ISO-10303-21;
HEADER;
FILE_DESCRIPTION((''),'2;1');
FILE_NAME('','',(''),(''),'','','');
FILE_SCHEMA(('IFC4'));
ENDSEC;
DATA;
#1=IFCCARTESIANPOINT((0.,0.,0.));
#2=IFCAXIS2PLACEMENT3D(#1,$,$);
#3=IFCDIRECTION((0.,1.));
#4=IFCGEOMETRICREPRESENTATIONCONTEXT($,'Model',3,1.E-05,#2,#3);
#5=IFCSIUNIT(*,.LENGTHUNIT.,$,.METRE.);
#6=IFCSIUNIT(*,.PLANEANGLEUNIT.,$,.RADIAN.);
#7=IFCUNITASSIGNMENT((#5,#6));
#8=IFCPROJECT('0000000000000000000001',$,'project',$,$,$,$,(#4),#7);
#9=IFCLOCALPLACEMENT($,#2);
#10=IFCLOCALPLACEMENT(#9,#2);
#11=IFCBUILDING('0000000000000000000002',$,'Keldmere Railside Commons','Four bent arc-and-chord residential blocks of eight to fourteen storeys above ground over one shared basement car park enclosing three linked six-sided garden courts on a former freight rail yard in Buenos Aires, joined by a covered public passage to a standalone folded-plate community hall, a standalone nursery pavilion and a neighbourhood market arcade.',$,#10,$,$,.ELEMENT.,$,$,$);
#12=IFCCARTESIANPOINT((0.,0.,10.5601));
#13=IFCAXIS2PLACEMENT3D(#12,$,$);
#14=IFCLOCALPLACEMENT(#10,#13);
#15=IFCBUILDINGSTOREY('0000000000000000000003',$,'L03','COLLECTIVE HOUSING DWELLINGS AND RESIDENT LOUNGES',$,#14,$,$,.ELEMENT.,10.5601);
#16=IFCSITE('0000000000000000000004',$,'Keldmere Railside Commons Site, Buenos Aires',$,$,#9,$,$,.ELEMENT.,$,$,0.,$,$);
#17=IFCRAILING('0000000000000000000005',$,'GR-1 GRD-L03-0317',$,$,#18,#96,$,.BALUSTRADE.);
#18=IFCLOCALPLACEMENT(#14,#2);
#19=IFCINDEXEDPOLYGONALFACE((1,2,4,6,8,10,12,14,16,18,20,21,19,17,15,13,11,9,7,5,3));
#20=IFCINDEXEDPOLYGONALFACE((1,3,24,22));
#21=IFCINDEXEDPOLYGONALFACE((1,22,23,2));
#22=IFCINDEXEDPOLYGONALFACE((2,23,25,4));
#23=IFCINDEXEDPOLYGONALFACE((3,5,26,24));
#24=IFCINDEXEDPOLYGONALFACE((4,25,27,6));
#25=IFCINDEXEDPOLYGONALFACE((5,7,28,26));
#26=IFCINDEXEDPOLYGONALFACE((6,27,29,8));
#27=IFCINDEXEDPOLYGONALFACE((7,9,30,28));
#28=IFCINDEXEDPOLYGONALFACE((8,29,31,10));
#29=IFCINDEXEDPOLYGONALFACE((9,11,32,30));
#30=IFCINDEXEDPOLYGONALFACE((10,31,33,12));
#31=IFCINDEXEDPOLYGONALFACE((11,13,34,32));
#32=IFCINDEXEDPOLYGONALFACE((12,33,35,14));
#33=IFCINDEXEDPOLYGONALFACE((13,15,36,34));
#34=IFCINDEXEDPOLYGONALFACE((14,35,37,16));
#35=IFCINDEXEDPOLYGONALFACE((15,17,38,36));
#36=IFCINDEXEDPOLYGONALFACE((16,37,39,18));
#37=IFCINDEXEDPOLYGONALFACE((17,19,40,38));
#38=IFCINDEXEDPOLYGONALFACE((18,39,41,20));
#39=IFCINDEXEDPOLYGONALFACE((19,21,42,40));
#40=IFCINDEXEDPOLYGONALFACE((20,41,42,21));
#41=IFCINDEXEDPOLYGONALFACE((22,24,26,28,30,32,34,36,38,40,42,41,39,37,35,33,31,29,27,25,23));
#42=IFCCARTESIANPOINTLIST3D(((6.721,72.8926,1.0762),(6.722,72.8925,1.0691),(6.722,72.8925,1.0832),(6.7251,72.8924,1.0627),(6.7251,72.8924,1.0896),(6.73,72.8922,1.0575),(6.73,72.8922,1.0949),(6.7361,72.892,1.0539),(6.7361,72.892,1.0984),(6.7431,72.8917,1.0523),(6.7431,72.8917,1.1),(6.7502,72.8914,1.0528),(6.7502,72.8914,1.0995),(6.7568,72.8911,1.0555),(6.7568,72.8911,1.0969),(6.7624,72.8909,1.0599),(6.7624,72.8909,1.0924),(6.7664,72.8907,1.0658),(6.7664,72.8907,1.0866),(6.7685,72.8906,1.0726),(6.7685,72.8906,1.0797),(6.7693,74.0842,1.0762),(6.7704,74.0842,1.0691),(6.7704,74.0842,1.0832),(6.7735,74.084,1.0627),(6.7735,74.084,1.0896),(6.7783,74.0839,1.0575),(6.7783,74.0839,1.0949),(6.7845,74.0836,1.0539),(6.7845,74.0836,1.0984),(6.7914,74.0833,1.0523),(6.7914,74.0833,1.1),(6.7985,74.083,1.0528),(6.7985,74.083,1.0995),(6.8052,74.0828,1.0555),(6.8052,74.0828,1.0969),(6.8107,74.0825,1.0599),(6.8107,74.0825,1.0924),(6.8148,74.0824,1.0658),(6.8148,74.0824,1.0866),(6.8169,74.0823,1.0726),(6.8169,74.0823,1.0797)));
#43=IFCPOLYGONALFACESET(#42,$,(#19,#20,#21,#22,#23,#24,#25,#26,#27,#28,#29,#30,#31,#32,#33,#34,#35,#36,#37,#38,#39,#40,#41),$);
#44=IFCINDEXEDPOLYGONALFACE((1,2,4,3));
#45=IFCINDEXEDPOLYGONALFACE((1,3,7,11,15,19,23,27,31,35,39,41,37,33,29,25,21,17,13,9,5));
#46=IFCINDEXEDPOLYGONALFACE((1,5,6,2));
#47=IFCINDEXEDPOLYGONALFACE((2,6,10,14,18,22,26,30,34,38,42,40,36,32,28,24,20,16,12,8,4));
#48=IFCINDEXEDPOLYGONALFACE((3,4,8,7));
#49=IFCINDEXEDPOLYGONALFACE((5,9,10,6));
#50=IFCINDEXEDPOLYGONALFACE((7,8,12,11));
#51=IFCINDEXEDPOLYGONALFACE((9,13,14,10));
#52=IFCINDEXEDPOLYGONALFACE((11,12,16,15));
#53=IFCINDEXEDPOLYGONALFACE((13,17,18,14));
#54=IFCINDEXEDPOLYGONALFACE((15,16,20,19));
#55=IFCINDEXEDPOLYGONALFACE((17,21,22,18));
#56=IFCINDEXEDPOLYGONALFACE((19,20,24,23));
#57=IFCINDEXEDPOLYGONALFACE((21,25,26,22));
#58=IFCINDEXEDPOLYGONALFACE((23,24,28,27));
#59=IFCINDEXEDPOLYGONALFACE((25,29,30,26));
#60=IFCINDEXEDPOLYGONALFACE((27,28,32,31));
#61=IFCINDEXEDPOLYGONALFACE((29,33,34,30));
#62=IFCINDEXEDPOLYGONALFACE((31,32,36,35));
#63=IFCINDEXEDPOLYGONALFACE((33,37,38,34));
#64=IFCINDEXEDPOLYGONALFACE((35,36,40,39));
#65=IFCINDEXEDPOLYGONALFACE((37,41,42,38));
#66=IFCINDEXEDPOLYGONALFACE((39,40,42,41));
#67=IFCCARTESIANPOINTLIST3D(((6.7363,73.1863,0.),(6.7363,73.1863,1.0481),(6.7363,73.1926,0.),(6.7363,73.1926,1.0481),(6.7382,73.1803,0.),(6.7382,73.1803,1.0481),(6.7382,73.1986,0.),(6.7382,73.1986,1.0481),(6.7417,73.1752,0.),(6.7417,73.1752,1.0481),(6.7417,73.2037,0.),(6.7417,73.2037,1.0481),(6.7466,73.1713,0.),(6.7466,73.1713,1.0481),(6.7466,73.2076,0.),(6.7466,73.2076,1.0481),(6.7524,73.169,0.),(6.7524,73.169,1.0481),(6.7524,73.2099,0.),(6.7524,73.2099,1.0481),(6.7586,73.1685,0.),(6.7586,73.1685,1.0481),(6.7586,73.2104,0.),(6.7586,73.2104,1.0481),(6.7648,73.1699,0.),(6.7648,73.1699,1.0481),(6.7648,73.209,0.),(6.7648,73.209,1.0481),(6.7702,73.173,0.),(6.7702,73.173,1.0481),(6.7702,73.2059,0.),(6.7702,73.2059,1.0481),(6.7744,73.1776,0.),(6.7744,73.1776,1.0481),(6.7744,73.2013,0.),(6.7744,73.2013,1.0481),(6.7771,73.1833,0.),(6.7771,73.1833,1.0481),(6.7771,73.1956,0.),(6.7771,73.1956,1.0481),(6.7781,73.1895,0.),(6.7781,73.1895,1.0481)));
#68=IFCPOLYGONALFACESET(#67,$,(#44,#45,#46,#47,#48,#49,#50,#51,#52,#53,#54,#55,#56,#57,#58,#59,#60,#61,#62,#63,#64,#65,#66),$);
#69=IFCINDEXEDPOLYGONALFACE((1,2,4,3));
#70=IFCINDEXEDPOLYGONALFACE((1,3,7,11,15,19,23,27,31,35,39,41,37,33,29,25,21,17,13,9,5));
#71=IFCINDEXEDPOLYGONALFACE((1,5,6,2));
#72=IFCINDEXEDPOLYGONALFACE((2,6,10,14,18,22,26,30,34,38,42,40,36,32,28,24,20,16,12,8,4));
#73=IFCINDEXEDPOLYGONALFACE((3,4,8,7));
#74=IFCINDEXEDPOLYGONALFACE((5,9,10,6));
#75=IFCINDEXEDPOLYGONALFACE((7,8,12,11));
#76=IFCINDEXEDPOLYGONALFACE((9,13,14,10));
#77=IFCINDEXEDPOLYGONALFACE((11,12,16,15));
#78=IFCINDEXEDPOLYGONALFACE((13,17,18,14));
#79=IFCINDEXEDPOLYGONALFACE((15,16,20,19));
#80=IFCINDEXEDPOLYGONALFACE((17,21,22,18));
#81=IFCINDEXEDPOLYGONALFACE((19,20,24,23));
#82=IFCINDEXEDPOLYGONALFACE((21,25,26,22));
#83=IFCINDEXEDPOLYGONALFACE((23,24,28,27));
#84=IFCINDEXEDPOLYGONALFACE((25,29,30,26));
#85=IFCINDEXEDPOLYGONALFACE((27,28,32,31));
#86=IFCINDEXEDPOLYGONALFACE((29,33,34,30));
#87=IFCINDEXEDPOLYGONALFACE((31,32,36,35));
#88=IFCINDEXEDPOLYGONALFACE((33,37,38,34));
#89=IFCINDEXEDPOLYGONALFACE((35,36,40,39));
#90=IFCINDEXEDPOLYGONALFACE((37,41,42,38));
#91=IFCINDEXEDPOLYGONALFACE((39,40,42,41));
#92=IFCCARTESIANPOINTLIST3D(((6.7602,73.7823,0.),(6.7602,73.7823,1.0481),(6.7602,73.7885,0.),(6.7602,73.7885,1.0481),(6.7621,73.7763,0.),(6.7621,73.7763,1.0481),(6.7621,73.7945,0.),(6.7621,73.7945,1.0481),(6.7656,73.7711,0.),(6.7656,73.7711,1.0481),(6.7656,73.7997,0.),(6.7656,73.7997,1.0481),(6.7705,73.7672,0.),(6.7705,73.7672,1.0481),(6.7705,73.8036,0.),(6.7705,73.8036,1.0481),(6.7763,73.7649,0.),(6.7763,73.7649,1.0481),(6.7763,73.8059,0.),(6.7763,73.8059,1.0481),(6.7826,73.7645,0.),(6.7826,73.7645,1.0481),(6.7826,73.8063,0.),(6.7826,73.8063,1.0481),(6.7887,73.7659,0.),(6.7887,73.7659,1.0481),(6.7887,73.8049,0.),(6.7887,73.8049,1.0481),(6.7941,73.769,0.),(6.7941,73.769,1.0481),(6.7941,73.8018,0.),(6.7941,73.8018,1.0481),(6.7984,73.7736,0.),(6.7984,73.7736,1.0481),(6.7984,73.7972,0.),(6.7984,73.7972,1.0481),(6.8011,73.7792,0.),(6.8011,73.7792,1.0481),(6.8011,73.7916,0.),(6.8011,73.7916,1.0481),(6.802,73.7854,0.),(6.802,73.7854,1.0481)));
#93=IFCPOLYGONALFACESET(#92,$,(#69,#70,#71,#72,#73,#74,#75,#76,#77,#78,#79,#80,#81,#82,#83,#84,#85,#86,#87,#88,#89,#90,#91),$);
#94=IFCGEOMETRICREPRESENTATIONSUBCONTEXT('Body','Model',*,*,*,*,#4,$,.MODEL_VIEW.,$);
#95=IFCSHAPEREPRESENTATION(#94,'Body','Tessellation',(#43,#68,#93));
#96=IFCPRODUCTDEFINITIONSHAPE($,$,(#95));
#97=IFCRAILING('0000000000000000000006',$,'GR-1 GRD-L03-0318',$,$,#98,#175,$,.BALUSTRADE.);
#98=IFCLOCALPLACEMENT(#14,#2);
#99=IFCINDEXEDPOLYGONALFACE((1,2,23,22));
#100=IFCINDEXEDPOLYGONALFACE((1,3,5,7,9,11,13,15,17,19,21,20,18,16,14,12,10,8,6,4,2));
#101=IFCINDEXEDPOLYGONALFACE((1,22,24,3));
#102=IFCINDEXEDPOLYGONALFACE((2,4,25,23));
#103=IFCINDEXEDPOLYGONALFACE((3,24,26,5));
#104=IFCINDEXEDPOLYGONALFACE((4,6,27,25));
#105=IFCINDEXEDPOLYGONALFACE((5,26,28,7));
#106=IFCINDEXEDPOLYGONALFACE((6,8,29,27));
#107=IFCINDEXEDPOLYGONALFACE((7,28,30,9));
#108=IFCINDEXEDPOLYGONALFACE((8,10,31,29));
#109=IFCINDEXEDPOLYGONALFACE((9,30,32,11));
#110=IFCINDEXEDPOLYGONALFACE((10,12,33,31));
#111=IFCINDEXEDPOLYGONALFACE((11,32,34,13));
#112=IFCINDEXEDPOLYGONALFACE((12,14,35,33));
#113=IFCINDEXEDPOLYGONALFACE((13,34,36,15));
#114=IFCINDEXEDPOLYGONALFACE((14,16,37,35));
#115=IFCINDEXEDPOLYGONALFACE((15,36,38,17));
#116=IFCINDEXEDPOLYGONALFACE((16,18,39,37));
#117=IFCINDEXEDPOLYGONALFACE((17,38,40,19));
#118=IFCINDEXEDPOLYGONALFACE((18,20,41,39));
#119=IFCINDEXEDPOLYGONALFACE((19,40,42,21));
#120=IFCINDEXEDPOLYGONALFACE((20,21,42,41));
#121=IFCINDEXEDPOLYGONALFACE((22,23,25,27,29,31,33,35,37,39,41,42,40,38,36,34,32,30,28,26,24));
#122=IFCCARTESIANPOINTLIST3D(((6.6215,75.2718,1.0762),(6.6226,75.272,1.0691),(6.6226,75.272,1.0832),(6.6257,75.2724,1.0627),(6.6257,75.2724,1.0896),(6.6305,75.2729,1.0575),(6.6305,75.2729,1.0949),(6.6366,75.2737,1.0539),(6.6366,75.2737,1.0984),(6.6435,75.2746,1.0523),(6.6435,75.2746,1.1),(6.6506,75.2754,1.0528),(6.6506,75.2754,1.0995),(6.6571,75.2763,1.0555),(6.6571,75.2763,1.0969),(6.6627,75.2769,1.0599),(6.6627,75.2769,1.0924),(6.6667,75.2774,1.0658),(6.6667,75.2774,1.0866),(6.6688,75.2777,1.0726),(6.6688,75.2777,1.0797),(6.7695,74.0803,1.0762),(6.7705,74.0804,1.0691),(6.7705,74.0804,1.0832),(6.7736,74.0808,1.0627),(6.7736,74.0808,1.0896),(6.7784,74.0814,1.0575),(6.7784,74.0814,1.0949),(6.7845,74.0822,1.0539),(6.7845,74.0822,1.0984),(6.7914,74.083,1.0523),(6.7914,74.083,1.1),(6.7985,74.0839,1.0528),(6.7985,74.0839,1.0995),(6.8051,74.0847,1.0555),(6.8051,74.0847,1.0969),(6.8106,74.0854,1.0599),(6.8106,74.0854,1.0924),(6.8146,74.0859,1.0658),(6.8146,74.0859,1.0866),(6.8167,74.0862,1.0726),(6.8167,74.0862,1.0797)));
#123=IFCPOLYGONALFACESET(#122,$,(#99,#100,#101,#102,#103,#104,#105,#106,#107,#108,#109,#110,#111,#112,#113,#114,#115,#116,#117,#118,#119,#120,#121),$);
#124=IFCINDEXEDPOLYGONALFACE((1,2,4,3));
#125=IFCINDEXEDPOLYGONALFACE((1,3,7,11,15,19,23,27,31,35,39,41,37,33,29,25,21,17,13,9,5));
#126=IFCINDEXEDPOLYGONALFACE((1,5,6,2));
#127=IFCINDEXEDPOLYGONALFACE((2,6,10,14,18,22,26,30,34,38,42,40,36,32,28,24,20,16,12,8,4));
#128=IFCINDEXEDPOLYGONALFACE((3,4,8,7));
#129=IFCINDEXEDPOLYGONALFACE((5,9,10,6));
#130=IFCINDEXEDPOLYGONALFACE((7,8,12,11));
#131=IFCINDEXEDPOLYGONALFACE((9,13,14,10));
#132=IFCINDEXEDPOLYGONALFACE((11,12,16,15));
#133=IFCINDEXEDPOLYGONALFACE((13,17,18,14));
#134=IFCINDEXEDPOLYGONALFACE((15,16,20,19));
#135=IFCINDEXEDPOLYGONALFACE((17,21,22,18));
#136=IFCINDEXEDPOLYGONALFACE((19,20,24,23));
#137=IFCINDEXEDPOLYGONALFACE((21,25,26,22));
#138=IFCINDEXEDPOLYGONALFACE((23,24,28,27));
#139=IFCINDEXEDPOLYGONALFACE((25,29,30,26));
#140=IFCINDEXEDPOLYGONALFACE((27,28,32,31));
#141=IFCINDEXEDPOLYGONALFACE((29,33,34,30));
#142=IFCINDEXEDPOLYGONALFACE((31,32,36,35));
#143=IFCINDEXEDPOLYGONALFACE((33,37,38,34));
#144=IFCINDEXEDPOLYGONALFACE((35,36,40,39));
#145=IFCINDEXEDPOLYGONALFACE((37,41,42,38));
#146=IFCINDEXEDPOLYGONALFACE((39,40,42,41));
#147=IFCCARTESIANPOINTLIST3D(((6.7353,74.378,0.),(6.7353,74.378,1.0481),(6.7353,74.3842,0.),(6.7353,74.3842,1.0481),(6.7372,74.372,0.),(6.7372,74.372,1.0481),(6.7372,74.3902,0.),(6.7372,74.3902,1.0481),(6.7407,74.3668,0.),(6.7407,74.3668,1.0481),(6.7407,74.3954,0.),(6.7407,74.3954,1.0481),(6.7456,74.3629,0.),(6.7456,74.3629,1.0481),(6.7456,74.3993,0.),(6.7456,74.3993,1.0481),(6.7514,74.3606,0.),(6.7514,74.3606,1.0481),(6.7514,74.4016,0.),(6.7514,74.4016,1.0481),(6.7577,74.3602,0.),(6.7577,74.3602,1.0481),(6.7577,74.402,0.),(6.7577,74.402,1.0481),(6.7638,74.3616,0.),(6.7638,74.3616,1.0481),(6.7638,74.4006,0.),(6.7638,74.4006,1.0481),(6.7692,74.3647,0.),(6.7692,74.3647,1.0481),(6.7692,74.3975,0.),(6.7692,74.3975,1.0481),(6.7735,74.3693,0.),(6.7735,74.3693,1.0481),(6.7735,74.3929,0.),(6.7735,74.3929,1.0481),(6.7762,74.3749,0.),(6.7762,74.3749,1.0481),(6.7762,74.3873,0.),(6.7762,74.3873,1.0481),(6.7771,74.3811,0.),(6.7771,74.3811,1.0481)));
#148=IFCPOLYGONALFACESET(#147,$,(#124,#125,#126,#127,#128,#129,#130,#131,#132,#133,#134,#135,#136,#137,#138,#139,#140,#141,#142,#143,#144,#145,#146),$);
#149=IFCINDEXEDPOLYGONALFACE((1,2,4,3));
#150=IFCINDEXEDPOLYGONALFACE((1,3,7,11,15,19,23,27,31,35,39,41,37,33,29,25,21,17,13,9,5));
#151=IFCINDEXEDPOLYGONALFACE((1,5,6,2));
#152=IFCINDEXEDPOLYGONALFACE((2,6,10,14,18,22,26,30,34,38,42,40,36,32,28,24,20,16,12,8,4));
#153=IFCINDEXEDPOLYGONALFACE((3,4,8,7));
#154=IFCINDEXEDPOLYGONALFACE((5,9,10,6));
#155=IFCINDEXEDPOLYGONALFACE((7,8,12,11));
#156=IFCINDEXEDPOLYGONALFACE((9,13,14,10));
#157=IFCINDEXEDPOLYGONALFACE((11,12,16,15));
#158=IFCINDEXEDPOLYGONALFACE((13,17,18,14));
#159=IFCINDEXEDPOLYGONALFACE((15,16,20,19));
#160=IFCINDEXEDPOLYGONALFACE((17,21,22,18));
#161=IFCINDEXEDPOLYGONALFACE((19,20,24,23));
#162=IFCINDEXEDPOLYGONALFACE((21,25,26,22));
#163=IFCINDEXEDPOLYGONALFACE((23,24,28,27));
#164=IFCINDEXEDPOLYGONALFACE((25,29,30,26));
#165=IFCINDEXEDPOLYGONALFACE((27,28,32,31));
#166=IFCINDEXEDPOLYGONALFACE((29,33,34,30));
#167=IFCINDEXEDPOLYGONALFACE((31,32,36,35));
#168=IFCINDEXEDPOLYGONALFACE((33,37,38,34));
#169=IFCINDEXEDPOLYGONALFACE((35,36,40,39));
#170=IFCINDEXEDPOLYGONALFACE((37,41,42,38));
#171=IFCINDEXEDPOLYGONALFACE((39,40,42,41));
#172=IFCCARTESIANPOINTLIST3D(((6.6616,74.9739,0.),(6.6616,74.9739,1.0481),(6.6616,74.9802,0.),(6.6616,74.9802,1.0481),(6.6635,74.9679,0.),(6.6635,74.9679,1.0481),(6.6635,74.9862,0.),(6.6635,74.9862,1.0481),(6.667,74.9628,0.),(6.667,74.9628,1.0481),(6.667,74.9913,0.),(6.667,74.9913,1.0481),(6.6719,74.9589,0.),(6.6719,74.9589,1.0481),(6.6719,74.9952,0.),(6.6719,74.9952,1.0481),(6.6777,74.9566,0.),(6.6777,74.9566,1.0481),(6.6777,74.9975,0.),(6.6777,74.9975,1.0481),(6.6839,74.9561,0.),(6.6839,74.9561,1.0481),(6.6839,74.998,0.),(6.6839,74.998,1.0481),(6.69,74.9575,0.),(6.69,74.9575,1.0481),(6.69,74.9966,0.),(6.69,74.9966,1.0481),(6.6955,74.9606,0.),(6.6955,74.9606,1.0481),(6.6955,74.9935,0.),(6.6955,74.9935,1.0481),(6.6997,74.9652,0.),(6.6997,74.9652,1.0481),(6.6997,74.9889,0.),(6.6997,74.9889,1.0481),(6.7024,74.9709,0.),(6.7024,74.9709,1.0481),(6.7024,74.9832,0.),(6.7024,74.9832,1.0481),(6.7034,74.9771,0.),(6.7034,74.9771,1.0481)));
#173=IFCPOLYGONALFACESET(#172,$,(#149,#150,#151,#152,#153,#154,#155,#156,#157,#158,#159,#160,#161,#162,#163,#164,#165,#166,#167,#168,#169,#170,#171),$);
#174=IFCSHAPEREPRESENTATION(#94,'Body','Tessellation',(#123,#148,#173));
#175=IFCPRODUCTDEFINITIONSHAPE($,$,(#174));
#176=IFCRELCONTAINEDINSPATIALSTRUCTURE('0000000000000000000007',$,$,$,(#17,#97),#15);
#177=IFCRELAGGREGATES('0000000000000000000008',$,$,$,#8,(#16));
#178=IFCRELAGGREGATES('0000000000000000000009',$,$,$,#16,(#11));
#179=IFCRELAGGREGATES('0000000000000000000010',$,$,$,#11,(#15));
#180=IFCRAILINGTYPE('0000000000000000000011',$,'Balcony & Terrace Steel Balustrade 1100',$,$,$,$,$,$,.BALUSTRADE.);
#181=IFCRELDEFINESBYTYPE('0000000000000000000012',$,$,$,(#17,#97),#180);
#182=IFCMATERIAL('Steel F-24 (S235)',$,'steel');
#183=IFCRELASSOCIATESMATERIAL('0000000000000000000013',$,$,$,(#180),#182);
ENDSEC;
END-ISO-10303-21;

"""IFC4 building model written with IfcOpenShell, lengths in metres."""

from ifc_helpers import new_model, si_unit, direction, frame, origin, origin_2d, place, context, subcontext, project, spatial, circle, extrude, material, type_object, element, save


model = new_model("IFC4")

# Units and contexts
model_context = context("Model", 3, precision=1e-05, world=origin(), true_north=direction((0.0, 1.0)))
body_context = subcontext(model_context, "Body", "Model", "MODEL_VIEW")
ifc_project = project(units=[si_unit("LENGTHUNIT", "METRE"), si_unit("PLANEANGLEUNIT", "RADIAN")], contexts=[model_context])

# Site, building, storey
site_placement = place(None, origin())
site = spatial("IfcSite", under=ifc_project, at=site_placement, Name="Keldmere Railside Commons Site, Buenos Aires", CompositionType="ELEMENT", RefElevation=0.0)
building_placement = place(site_placement, origin())
building = spatial("IfcBuilding", under=site, at=building_placement, Name="Keldmere Railside Commons", Description="Four bent arc-and-chord residential blocks of eight to fourteen storeys above ground over one shared basement car park enclosing three linked six-sided garden courts on a former freight rail yard in Buenos Aires, joined by a covered public passage to a standalone folded-plate community hall, a standalone nursery pavilion and a neighbourhood market arcade.", CompositionType="ELEMENT")
storey_placement = place(building_placement, frame((0.0, 0.0, 10.5601)))
storey = spatial("IfcBuildingStorey", under=building, at=storey_placement, Name="L03", Description="COLLECTIVE HOUSING DWELLINGS AND RESIDENT LOUNGES", CompositionType="ELEMENT", Elevation=10.5601)

# Shared definitions
ifc_material_1 = material(Name="Steel F-24 (S235)", Category="steel")

# Railings
railing_type_1 = type_object("IfcRailingType", Name="Balcony & Terrace Steel Balustrade 1100", PredefinedType="BALUSTRADE", material=ifc_material_1)
railing_1_placement = place(storey_placement, frame((6.7449, 72.8916, 0.0)))
element("IfcRailing", 1, at=railing_1_placement, inside=storey, type_object=railing_type_1, Name="GR-1 GRD-L03-0317", PredefinedType="BALUSTRADE", context=body_context, shape_type="SweptSolid", body=[
    extrude(circle(Radius=0.0239, at=origin_2d()), frame((0.0, 0.0, 1.0762), z_axis=(0.040532, 0.999178, 0.0), x_axis=(-0.999178, 0.040532, 0.0)), (0.0, 0.0, 1.0), 1.1926),
    extrude(circle(Radius=0.021, at=origin_2d()), frame((0.0122, 0.2979, 0.0)), (0.0, 0.0, 1.0), 1.0481),
    extrude(circle(Radius=0.021, at=origin_2d()), frame((0.0361, 0.8938, 0.0)), (0.0, 0.0, 1.0), 1.0481),
])
railing_2_placement = place(storey_placement, frame((6.7932, 74.0833, 0.0)))
element("IfcRailing", 2, at=railing_2_placement, inside=storey, type_object=railing_type_1, Name="GR-1 GRD-L03-0318", PredefinedType="BALUSTRADE", context=body_context, shape_type="SweptSolid", body=[
    extrude(circle(Radius=0.0239, at=origin_2d()), frame((0.0, 0.0, 1.0762), z_axis=(-0.123209, 0.992381, 0.0), x_axis=(-0.992381, -0.123209, 0.0)), (0.0, 0.0, 1.0), 1.2007),
    extrude(circle(Radius=0.021, at=origin_2d()), frame((-0.0371, 0.2979, 0.0)), (0.0, 0.0, 1.0), 1.0481),
    extrude(circle(Radius=0.021, at=origin_2d()), frame((-0.1108, 0.8938, 0.0)), (0.0, 0.0, 1.0), 1.0481),
])

save(model, "model.ifc")
